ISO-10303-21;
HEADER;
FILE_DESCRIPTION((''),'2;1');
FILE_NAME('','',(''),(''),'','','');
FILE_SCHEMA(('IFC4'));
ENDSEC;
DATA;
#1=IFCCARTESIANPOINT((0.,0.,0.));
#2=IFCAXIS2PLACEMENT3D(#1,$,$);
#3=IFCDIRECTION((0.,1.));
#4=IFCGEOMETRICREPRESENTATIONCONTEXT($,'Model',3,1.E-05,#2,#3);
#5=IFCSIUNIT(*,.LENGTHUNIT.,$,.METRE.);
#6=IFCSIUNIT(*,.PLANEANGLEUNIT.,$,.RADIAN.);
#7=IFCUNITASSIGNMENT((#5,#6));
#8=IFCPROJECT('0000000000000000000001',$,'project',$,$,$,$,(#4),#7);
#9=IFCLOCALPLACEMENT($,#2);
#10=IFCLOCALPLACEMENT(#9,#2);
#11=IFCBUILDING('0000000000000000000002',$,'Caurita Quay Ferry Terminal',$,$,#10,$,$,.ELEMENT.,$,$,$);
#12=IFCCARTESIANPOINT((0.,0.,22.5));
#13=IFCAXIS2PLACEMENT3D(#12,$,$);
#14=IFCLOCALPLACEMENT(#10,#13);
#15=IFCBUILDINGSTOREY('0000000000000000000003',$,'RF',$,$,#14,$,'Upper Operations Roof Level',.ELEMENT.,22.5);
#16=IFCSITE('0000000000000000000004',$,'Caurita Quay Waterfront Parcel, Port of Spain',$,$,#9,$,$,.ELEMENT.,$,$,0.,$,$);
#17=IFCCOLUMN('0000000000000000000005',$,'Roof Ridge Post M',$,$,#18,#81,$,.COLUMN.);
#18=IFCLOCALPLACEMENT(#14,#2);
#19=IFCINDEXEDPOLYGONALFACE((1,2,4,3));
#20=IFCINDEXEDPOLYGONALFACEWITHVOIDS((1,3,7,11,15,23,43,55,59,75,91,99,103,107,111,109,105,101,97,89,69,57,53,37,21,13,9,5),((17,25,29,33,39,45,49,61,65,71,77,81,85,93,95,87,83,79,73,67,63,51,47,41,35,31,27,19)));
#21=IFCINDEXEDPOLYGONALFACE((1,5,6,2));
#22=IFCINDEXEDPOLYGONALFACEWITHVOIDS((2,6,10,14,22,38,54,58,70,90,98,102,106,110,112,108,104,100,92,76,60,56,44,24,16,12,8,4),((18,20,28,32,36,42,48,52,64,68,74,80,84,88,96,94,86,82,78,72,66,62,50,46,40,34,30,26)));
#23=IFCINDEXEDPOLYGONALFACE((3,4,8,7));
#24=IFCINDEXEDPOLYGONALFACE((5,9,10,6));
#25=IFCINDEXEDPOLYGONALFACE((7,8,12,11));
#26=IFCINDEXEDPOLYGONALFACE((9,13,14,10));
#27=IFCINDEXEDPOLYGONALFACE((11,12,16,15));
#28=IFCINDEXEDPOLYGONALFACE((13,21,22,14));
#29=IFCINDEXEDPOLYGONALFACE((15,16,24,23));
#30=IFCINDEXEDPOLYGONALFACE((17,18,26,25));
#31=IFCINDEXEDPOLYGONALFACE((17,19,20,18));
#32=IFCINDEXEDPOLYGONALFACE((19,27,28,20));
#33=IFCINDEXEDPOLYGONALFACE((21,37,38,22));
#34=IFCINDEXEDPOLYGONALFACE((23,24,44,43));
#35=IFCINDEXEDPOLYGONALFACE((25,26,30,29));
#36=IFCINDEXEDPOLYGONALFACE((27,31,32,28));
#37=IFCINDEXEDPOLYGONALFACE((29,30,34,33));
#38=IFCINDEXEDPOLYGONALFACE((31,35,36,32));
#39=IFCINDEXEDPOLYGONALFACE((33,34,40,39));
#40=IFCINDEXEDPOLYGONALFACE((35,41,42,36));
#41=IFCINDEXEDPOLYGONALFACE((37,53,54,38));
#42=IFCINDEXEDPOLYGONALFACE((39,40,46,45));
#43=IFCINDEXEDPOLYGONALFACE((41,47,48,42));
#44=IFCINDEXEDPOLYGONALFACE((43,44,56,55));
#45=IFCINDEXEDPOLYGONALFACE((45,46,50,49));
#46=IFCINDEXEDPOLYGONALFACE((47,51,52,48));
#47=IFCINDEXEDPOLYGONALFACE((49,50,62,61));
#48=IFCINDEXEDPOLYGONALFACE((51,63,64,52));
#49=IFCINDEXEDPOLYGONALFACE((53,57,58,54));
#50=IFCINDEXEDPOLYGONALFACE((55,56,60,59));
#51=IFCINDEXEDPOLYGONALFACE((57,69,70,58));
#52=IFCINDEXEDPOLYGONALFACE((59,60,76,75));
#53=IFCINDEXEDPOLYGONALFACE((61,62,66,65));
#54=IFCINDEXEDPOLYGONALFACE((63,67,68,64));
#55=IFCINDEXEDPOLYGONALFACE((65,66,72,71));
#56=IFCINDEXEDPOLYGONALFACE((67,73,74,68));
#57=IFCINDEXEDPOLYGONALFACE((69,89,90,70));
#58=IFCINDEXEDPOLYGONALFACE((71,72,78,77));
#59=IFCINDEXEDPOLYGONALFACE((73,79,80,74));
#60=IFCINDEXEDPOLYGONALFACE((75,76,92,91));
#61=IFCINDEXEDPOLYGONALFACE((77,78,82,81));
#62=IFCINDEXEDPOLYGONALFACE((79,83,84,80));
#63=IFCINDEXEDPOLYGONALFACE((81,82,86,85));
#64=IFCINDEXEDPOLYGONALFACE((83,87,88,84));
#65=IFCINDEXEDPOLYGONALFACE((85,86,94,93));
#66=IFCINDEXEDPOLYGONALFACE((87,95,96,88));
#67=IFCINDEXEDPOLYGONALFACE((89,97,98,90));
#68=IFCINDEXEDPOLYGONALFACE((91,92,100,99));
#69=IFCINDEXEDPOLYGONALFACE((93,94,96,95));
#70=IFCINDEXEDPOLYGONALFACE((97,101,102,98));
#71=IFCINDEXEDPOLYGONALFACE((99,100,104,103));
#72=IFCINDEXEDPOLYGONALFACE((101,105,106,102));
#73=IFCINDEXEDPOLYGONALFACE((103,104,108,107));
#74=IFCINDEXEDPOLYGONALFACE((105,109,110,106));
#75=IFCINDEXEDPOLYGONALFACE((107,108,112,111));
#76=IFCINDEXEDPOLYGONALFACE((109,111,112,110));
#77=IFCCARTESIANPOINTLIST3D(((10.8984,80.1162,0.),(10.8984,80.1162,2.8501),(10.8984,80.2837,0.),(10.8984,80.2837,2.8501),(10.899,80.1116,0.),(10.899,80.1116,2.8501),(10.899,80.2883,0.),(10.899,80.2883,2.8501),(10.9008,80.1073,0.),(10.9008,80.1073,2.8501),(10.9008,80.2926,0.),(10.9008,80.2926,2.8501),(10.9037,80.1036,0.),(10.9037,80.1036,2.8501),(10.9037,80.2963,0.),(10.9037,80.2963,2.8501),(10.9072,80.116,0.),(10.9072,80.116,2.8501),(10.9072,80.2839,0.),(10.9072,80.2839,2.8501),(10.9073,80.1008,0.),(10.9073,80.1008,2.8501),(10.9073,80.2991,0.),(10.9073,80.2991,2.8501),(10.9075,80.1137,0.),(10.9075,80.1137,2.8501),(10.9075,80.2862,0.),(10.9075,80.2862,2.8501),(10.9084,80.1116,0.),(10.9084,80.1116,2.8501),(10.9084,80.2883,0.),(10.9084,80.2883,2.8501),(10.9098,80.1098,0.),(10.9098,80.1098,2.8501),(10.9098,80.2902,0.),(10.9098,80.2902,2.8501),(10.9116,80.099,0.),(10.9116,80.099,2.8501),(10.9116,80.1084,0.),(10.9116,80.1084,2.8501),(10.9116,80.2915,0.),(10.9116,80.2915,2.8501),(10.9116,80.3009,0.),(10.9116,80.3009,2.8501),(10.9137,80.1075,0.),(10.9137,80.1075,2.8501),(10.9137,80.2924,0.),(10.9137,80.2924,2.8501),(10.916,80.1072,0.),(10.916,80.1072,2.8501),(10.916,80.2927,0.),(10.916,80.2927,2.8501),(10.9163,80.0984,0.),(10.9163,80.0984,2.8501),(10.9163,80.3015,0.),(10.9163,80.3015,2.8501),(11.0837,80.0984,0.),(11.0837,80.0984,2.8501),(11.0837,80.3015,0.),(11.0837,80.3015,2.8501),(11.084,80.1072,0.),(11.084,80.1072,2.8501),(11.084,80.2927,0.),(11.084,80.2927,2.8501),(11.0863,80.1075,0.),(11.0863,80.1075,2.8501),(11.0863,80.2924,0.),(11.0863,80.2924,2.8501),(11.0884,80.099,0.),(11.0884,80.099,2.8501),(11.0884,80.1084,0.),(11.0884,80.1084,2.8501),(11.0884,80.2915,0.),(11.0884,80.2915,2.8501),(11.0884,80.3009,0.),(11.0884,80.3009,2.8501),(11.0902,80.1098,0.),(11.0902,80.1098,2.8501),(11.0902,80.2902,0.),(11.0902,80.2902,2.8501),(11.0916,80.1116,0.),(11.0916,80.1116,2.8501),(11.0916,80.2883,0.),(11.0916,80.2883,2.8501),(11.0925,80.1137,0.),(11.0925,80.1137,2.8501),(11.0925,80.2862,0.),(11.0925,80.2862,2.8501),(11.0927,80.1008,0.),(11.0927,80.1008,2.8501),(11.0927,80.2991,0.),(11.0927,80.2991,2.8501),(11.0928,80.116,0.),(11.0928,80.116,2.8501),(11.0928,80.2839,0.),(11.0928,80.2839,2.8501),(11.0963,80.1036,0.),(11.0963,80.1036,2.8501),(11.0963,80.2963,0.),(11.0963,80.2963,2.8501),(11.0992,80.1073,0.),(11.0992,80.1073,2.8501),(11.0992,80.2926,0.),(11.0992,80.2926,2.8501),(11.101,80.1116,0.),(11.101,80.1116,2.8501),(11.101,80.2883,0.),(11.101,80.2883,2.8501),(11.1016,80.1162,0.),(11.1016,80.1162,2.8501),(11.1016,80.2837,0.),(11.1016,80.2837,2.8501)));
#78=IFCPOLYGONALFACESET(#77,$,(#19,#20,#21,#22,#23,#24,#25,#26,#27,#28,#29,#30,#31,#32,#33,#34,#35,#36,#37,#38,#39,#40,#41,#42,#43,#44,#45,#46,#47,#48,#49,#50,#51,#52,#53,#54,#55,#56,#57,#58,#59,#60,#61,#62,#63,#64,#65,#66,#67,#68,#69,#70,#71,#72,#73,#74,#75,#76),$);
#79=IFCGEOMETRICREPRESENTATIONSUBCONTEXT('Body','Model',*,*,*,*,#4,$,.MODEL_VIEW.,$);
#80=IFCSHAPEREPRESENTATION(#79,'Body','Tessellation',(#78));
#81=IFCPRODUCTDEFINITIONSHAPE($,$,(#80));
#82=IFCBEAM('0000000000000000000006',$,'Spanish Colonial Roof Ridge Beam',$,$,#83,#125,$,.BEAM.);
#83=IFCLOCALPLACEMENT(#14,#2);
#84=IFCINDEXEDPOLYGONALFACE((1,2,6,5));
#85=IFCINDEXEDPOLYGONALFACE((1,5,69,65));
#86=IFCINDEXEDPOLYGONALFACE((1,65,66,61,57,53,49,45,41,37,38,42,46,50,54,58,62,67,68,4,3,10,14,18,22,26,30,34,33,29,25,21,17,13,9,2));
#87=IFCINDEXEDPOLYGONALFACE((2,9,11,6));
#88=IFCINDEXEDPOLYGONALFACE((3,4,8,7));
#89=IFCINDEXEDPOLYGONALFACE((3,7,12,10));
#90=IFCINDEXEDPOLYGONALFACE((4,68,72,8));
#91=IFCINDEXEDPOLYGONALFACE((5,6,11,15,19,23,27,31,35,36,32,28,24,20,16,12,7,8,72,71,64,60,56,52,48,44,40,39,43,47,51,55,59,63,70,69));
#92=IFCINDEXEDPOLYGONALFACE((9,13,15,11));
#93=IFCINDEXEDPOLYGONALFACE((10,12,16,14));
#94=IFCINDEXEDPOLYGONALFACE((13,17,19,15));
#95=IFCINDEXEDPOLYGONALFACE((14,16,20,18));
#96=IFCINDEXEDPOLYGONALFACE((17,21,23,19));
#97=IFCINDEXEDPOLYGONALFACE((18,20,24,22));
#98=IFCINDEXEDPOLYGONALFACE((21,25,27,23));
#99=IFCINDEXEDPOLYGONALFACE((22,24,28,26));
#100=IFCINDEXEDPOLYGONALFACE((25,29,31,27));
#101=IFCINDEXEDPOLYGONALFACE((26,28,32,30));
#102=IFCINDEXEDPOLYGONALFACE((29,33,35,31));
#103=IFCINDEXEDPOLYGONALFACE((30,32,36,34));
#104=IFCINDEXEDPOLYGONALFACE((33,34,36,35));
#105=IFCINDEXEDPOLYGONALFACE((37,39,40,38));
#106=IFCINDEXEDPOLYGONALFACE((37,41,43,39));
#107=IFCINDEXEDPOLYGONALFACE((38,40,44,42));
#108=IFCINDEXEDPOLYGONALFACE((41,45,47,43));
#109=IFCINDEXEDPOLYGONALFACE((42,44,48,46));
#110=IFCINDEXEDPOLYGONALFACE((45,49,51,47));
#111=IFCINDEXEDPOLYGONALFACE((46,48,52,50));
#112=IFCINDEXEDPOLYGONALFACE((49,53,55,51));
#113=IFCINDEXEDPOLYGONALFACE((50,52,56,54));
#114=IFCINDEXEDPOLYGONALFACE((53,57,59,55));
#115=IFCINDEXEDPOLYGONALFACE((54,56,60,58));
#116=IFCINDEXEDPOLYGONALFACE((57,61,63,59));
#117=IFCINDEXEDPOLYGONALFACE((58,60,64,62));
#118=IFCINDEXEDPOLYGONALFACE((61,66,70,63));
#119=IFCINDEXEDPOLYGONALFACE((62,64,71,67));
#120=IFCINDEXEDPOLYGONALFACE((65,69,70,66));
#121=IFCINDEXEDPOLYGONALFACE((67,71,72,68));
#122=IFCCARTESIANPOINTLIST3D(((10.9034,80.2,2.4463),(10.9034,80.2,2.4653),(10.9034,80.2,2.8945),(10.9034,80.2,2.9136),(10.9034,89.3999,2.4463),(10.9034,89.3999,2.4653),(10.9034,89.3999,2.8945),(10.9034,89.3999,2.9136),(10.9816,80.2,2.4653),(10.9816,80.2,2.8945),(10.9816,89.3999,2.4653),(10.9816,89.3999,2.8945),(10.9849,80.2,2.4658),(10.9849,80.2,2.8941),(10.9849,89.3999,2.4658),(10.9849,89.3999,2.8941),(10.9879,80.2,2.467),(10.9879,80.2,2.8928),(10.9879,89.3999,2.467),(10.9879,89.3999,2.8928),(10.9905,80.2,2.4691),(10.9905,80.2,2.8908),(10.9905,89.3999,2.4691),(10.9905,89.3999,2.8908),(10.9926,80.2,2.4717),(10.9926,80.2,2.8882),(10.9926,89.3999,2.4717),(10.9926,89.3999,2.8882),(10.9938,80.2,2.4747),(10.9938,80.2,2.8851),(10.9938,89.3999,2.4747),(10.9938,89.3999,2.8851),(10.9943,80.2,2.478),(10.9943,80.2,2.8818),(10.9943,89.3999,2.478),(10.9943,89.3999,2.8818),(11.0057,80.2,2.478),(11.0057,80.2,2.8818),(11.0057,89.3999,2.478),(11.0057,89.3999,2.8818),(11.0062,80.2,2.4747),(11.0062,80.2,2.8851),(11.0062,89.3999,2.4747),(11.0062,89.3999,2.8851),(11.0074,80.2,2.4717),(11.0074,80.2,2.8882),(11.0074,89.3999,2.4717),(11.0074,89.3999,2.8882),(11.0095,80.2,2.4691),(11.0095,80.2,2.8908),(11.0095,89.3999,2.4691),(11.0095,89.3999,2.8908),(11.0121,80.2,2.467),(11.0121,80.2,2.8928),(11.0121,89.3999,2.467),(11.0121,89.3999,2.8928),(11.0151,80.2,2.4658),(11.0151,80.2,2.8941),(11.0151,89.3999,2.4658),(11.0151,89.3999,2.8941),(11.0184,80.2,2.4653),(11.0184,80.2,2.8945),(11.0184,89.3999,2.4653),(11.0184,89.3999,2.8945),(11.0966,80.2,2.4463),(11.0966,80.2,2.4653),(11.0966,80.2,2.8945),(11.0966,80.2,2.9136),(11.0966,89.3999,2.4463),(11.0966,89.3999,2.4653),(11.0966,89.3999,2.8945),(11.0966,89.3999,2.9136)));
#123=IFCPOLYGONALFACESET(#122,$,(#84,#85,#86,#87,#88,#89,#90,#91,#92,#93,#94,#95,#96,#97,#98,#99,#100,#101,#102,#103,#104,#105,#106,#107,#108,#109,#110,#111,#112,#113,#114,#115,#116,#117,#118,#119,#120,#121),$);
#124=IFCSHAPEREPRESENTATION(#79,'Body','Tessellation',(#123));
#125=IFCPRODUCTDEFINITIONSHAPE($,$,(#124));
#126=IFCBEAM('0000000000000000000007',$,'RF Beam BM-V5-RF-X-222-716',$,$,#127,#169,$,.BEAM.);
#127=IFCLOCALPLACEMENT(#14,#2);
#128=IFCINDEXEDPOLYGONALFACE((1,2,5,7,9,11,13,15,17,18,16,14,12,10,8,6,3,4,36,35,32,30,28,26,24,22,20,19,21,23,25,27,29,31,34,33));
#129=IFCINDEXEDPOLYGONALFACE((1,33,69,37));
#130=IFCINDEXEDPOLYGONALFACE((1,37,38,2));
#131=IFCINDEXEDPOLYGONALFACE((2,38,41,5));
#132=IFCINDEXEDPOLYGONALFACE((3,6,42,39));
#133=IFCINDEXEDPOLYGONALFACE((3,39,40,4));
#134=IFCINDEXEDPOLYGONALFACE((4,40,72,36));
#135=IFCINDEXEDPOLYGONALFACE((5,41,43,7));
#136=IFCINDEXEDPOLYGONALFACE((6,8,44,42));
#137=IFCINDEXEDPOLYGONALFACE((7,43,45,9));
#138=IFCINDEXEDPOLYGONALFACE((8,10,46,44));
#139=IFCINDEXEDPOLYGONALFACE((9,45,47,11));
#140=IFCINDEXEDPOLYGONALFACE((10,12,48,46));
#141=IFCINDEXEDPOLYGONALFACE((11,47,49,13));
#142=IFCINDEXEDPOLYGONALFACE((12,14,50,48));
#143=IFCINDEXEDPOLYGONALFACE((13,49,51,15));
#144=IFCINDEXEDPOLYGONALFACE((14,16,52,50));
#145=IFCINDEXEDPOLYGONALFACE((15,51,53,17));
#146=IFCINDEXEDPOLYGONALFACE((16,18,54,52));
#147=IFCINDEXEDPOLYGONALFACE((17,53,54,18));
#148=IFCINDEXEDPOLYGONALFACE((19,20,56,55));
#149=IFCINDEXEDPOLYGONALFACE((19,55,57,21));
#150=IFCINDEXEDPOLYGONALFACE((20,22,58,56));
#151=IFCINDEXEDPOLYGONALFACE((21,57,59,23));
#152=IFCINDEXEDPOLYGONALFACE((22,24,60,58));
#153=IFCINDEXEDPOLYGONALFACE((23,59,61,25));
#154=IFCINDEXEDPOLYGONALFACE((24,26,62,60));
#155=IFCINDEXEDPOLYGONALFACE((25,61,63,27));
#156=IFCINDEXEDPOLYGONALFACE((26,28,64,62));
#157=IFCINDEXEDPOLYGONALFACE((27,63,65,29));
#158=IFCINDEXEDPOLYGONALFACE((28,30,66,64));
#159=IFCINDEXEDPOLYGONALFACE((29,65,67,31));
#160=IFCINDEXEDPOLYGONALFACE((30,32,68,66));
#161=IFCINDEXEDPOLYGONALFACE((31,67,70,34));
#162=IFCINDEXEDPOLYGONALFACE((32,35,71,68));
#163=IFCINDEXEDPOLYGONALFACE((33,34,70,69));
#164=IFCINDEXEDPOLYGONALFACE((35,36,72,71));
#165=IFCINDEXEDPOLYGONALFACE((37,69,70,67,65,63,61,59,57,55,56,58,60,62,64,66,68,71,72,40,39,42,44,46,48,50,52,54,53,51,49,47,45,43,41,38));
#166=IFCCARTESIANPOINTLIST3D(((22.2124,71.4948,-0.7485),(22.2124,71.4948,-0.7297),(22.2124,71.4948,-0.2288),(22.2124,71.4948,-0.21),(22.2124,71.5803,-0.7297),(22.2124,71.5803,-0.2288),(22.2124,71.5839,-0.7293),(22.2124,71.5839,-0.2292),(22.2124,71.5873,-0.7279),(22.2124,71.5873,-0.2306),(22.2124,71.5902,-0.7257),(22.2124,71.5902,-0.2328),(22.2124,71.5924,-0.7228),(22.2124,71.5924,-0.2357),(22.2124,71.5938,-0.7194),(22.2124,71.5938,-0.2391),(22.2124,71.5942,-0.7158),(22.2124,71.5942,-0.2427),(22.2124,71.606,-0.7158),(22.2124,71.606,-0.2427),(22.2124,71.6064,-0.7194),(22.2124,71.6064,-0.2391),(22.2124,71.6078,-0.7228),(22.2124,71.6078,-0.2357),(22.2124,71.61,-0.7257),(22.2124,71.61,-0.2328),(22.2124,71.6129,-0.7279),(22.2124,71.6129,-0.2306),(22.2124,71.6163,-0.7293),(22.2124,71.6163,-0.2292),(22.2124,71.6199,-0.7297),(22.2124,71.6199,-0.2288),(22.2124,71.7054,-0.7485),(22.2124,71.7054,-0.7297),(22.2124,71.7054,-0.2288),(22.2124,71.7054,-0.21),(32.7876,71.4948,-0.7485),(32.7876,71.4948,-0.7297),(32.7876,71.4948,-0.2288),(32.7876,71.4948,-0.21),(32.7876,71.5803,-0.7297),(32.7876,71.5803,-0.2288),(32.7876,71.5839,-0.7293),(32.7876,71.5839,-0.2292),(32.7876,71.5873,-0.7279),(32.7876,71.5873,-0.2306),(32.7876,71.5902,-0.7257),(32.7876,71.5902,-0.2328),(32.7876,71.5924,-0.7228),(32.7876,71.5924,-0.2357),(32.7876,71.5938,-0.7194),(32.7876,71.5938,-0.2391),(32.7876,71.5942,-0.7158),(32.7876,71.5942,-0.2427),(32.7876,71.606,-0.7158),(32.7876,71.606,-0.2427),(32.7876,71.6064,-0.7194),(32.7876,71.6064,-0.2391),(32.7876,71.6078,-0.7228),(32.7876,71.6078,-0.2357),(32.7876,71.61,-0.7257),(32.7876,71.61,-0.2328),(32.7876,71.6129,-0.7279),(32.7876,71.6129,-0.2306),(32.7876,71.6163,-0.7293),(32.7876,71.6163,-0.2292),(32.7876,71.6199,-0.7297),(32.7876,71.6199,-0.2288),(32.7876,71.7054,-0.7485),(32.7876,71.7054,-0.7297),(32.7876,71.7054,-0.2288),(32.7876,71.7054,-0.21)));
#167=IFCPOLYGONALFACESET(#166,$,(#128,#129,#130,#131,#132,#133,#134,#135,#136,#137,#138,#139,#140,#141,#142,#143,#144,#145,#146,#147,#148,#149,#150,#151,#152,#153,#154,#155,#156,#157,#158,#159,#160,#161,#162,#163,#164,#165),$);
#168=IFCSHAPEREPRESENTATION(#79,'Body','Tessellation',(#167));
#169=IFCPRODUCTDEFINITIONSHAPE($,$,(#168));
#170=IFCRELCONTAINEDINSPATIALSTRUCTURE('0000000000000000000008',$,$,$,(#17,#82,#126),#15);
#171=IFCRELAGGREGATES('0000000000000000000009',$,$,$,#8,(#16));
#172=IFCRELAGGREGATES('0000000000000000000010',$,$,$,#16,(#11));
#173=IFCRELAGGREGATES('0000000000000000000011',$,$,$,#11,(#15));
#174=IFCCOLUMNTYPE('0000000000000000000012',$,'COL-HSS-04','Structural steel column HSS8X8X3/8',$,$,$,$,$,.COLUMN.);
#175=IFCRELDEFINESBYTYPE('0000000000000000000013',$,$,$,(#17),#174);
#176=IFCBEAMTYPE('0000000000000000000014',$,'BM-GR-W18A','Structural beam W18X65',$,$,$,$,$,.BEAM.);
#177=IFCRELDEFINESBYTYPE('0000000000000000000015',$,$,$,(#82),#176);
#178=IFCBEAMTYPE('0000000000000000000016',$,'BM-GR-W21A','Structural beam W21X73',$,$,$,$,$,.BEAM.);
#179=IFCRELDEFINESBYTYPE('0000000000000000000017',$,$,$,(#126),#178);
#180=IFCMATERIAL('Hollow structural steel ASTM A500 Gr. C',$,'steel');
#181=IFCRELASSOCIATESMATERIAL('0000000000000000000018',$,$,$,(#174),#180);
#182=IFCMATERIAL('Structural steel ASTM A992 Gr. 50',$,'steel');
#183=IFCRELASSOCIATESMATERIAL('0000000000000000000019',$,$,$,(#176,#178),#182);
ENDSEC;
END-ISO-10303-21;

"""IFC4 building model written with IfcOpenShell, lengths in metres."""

from ifc_helpers import new_model, si_unit, direction, frame, origin, origin_2d, place, context, subcontext, project, spatial, hollow_rectangle, i_section, extrude, material, material_profile, profile_set, type_object, element, save


model = new_model("IFC4")

# Units and contexts
model_context = context("Model", 3, precision=1e-05, world=origin(), true_north=direction((0.0, 1.0)))
body_context = subcontext(model_context, "Body", "Model", "MODEL_VIEW")
ifc_project = project(units=[si_unit("LENGTHUNIT", "METRE"), si_unit("PLANEANGLEUNIT", "RADIAN")], contexts=[model_context])

# Site, building, storey
site_placement = place(None, origin())
site = spatial("IfcSite", under=ifc_project, at=site_placement, Name="Caurita Quay Waterfront Parcel, Port of Spain", CompositionType="ELEMENT", RefElevation=0.0)
building_placement = place(site_placement, origin())
building = spatial("IfcBuilding", under=site, at=building_placement, Name="Caurita Quay Ferry Terminal", CompositionType="ELEMENT")
storey_placement = place(building_placement, frame((0.0, 0.0, 22.5)))
storey = spatial("IfcBuildingStorey", under=building, at=storey_placement, Name="RF", LongName="Upper Operations Roof Level", CompositionType="ELEMENT", Elevation=22.5)

# Column
ifc_material_1 = material(Name="Hollow structural steel ASTM A500 Gr. C", Category="steel")
ifc_material_profile_1 = material_profile(ifc_material_1, hollow_rectangle(XDim=0.2031, YDim=0.2031, WallThickness=0.0088, InnerFilletRadius=0.0088, OuterFilletRadius=0.0178, at=origin_2d()), Name="HSS8X8X3/8")
ifc_profile_set_1 = profile_set([ifc_material_profile_1], Name="Hollow structural steel ASTM A500 Gr. C")
column_type = type_object("IfcColumnType", Name="COL-HSS-04", Description="Structural steel column HSS8X8X3/8", PredefinedType="COLUMN", material=ifc_profile_set_1)
column_placement = place(storey_placement, frame((11.0, 80.2, 0.0), z_axis=(0.0, 0.0, 1.0), x_axis=(1.0, 0.0, 0.0)))
element("IfcColumn", 1, at=column_placement, inside=storey, type_object=column_type, Name="Roof Ridge Post M", PredefinedType="COLUMN", context=body_context, shape_type="SweptSolid", body=[
    extrude(hollow_rectangle(XDim=0.2031, YDim=0.2031, WallThickness=0.0088, InnerFilletRadius=0.0088, OuterFilletRadius=0.0178, at=origin_2d()), origin(), (0.0, 0.0, 1.0), 2.8501),
])

# Beams
ifc_material_2 = material(Name="Structural steel ASTM A992 Gr. 50", Category="steel")
ifc_material_profile_2 = material_profile(ifc_material_2, i_section(OverallWidth=0.1931, OverallDepth=0.4673, WebThickness=0.0115, FlangeThickness=0.019, FilletRadius=0.0127, at=origin_2d()), Name="W18X65")
ifc_profile_set_2 = profile_set([ifc_material_profile_2], Name="Structural steel ASTM A992 Gr. 50")
beam_type_1 = type_object("IfcBeamType", Name="BM-GR-W18A", Description="Structural beam W18X65", PredefinedType="BEAM", material=ifc_profile_set_2)
beam_placement = place(storey_placement, frame((11.0, 80.2, 2.6799), z_axis=(0.0, 1.0, 0.0), x_axis=(-1.0, 0.0, 0.0)))
element("IfcBeam", 2, at=beam_placement, inside=storey, type_object=beam_type_1, Name="Spanish Colonial Roof Ridge Beam", PredefinedType="BEAM", context=body_context, shape_type="SweptSolid", body=[
    extrude(i_section(OverallWidth=0.1931, OverallDepth=0.4673, WebThickness=0.0115, FlangeThickness=0.019, FilletRadius=0.0127, at=origin_2d()), origin(), (0.0, 0.0, 1.0), 9.2),
])
ifc_material_profile_3 = material_profile(ifc_material_2, i_section(OverallWidth=0.2107, OverallDepth=0.5386, WebThickness=0.0117, FlangeThickness=0.0188, FilletRadius=0.0139, at=origin_2d()), Name="W21X73")
ifc_profile_set_3 = profile_set([ifc_material_profile_3], Name="Structural steel ASTM A992 Gr. 50")
beam_type_2 = type_object("IfcBeamType", Name="BM-GR-W21A", Description="Structural beam W21X73", PredefinedType="BEAM", material=ifc_profile_set_3)
for number, where, z_axis, x_axis, name in (
    (3, (22.2124, 71.6001, -0.4792), (1.0, 0.0, 0.0), (0.0, 1.0, 0.0), "RF Beam BM-V5-RF-X-222-716"),
):
    element("IfcBeam", number, at=place(storey_placement, frame(where, z_axis=z_axis, x_axis=x_axis)), inside=storey, type_object=beam_type_2, Name=name, PredefinedType="BEAM", context=body_context, shape_type="SweptSolid", body=[
        extrude(i_section(OverallWidth=0.2107, OverallDepth=0.5386, WebThickness=0.0117, FlangeThickness=0.0188, FilletRadius=0.0139, at=origin_2d()), origin(), (0.0, 0.0, 1.0), 10.5752),
    ])

save(model, "model.ifc")
